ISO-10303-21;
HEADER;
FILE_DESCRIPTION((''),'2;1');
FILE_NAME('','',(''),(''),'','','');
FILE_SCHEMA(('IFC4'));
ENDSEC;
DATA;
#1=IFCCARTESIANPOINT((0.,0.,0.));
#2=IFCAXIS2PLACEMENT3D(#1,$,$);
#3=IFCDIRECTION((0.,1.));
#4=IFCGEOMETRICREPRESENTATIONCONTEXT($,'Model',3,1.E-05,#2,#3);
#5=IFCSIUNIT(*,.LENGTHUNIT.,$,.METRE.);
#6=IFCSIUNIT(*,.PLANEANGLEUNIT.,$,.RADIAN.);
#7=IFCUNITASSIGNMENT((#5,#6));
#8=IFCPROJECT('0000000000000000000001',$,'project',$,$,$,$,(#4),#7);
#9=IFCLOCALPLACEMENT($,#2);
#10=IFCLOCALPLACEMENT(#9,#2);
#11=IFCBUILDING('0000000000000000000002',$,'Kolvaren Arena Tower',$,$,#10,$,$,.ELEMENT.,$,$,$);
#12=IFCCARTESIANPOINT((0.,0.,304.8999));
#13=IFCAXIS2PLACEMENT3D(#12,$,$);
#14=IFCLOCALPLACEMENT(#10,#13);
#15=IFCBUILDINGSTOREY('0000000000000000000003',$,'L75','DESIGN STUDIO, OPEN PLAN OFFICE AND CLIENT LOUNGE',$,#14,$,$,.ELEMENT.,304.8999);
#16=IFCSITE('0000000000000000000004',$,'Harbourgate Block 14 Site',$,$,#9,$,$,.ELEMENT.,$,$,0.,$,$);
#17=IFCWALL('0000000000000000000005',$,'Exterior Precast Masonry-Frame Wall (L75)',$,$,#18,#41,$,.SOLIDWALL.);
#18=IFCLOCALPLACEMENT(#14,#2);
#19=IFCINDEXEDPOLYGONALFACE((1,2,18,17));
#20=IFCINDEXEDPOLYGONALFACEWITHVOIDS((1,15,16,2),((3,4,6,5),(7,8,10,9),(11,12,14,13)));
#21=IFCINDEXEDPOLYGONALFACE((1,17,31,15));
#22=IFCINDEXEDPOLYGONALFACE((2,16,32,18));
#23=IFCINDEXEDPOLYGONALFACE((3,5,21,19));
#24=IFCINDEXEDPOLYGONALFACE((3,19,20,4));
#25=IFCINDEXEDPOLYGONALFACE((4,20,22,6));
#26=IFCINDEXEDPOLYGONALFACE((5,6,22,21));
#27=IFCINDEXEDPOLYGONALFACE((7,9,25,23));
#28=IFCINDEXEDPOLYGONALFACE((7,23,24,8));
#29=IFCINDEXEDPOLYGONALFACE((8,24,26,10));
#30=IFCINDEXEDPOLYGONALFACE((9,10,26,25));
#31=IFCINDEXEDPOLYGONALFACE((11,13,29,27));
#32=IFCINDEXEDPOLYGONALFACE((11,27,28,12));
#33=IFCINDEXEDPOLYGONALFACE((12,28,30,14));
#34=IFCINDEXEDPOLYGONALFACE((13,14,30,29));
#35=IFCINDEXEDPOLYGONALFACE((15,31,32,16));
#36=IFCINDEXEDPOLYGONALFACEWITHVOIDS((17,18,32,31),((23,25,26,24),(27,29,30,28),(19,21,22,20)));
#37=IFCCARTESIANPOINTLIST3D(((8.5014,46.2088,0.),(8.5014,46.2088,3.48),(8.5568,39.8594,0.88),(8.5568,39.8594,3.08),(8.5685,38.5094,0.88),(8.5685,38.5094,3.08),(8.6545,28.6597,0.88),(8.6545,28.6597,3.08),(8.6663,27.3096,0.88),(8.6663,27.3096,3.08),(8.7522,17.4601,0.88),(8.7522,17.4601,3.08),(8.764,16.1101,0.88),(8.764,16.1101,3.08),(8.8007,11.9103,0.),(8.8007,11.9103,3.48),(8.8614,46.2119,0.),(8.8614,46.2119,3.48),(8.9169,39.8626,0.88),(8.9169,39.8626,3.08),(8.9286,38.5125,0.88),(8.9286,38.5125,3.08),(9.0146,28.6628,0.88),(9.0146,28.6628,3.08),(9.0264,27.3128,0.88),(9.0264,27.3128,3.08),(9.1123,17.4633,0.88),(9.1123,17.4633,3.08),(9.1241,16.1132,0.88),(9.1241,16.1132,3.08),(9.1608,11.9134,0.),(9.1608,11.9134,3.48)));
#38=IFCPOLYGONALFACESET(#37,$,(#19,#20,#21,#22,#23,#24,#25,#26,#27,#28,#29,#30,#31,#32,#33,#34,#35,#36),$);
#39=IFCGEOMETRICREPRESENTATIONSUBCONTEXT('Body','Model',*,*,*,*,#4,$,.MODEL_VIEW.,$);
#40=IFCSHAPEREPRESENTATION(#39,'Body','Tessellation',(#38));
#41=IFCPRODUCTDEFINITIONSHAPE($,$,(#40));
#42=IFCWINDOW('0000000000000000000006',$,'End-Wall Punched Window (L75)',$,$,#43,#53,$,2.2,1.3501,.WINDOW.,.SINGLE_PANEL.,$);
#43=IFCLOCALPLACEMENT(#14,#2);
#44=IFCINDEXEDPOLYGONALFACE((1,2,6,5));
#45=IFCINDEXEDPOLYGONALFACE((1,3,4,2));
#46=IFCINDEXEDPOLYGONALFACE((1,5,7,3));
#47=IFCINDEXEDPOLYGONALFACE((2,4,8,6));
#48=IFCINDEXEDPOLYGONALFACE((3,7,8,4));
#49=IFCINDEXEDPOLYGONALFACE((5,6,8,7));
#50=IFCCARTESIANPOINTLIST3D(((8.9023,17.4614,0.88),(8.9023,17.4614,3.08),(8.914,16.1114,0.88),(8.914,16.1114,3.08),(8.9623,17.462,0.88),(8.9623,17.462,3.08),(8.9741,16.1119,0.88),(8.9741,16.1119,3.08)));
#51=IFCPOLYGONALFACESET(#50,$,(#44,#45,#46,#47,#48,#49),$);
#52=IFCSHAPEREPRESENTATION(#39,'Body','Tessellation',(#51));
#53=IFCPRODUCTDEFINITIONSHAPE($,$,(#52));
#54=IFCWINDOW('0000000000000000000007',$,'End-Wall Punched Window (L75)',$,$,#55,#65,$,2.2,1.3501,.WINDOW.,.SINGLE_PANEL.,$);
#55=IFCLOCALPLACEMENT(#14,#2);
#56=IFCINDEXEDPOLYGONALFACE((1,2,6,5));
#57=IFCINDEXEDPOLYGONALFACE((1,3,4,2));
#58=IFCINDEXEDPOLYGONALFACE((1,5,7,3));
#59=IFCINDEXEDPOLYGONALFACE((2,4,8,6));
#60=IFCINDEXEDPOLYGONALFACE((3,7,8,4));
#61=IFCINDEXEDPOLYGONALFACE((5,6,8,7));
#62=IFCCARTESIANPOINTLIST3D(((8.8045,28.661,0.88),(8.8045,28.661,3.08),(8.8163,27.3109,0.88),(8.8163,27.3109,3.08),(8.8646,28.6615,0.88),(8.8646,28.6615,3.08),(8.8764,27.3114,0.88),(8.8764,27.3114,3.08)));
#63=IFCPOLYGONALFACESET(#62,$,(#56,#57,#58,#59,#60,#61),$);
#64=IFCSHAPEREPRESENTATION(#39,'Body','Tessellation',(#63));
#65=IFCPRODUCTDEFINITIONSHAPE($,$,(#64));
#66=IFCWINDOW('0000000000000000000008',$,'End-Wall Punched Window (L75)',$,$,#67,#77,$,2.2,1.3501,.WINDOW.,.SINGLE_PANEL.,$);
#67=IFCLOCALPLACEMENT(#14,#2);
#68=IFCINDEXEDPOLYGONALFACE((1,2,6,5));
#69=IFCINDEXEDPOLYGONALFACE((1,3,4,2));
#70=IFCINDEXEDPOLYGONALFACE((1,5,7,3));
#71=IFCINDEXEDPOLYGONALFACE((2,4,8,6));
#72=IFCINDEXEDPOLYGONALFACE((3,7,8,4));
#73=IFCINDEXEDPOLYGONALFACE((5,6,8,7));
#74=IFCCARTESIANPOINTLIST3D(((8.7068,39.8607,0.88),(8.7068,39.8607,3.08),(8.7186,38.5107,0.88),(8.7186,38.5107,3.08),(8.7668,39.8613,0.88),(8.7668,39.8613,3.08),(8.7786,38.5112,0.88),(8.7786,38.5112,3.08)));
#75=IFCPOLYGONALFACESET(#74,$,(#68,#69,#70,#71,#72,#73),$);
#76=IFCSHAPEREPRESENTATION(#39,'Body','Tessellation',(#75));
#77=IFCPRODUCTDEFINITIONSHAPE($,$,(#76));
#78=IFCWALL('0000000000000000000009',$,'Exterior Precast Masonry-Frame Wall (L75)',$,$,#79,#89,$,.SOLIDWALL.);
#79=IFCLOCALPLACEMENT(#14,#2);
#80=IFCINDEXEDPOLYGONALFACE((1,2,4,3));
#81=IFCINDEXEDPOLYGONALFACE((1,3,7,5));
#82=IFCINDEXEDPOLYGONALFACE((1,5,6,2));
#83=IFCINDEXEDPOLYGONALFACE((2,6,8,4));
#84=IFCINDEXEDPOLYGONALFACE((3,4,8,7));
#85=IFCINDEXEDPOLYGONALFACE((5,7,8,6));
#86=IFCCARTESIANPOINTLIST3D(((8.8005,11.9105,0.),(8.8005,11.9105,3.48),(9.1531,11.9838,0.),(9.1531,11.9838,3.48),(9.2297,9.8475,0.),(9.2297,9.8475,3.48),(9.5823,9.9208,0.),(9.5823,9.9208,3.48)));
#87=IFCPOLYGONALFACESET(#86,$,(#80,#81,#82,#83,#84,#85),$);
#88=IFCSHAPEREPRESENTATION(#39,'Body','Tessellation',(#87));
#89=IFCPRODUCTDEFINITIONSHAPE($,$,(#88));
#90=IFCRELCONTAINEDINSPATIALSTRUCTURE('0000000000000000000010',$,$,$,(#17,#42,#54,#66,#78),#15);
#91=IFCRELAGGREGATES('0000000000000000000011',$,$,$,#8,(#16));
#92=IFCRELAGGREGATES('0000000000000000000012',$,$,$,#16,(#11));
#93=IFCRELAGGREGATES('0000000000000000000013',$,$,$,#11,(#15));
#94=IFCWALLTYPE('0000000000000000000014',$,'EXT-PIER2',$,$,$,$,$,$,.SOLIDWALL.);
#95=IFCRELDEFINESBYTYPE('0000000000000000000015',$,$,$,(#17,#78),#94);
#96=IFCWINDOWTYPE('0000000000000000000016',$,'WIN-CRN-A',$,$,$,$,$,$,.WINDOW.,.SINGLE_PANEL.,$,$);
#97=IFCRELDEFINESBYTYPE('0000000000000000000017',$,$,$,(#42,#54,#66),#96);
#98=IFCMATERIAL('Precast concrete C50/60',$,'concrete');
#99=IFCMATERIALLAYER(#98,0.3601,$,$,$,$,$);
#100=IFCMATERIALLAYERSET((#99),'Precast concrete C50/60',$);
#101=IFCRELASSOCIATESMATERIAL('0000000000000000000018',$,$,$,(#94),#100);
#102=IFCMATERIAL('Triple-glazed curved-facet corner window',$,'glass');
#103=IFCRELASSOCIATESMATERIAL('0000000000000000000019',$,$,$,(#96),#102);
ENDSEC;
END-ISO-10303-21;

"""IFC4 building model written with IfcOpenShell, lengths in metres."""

from ifc_helpers import new_model, si_unit, direction, frame, frame_2d, origin, place, context, subcontext, project, spatial, rectangle, extrude, material, layer, layer_set, type_object, element, fill, save


model = new_model("IFC4")

# Units and contexts
model_context = context("Model", 3, precision=1e-05, world=origin(), true_north=direction((0.0, 1.0)))
body_context = subcontext(model_context, "Body", "Model", "MODEL_VIEW")
ifc_project = project(units=[si_unit("LENGTHUNIT", "METRE"), si_unit("PLANEANGLEUNIT", "RADIAN")], contexts=[model_context])

# Site, building, storey
site_placement = place(None, origin())
site = spatial("IfcSite", under=ifc_project, at=site_placement, Name="Harbourgate Block 14 Site", CompositionType="ELEMENT", RefElevation=0.0)
building_placement = place(site_placement, origin())
building = spatial("IfcBuilding", under=site, at=building_placement, Name="Kolvaren Arena Tower", CompositionType="ELEMENT")
storey_placement = place(building_placement, frame((0.0, 0.0, 304.8999)))
storey = spatial("IfcBuildingStorey", under=building, at=storey_placement, Name="L75", Description="DESIGN STUDIO, OPEN PLAN OFFICE AND CLIENT LOUNGE", CompositionType="ELEMENT", Elevation=304.8999)

# Shared definitions
ifc_material_1 = material(Name="Precast concrete C50/60", Category="concrete")

# Wall, openings, windows
ifc_layer_1 = layer(ifc_material_1, 0.3601)
ifc_layer_set_1 = layer_set([ifc_layer_1], Name="Precast concrete C50/60")
wall_type_1 = type_object("IfcWallType", Name="EXT-PIER2", PredefinedType="SOLIDWALL", material=ifc_layer_set_1)
wall_1_placement = place(storey_placement, frame((8.9807, 11.9119, 0.0), z_axis=(0.0, 0.0, 1.0), x_axis=(-0.008726, 0.999962, 0.0)))
wall_1 = element("IfcWall", 1, at=wall_1_placement, inside=storey, type_object=wall_type_1, Name="Exterior Precast Masonry-Frame Wall (L75)", PredefinedType="SOLIDWALL", context=body_context, shape_type="SweptSolid", body=[
    extrude(rectangle(XDim=34.2998, YDim=0.3601, at=frame_2d((17.1499, 0.0))), origin(), (0.0, 0.0, 1.0), 3.48),
])
opening_1_placement = place(wall_1_placement, frame((4.2, 0.0, 0.8799)))
opening_1 = element("IfcOpeningElement", 2, at=opening_1_placement, cuts=wall_1, PredefinedType="OPENING", context=body_context, shape_type="SweptSolid", body=[
    extrude(rectangle(XDim=1.3501, YDim=2.2, at=frame_2d((0.675, 1.1001))), frame((0.0, 0.1899, 0.0), z_axis=(0.0, -1.0, 0.0), x_axis=(1.0, 0.0, 0.0)), (0.0, 0.0, 1.0), 0.3801),
])
opening_2_placement = place(wall_1_placement, frame((15.3999, 0.0, 0.8799)))
opening_2 = element("IfcOpeningElement", 3, at=opening_2_placement, cuts=wall_1, PredefinedType="OPENING", context=body_context, shape_type="SweptSolid", body=[
    extrude(rectangle(XDim=1.3501, YDim=2.2, at=frame_2d((0.675, 1.1001))), frame((0.0, 0.1899, 0.0), z_axis=(0.0, -1.0, 0.0), x_axis=(1.0, 0.0, 0.0)), (0.0, 0.0, 1.0), 0.3801),
])
opening_3_placement = place(wall_1_placement, frame((26.6001, 0.0, 0.8799)))
opening_3 = element("IfcOpeningElement", 4, at=opening_3_placement, cuts=wall_1, PredefinedType="OPENING", context=body_context, shape_type="SweptSolid", body=[
    extrude(rectangle(XDim=1.3501, YDim=2.2, at=frame_2d((0.675, 1.1001))), frame((0.0, 0.1899, 0.0), z_axis=(0.0, -1.0, 0.0), x_axis=(1.0, 0.0, 0.0)), (0.0, 0.0, 1.0), 0.3801),
])
ifc_material_2 = material(Name="Triple-glazed curved-facet corner window", Category="glass")
window_type = type_object("IfcWindowType", Name="WIN-CRN-A", PartitioningType="SINGLE_PANEL", PredefinedType="WINDOW", material=ifc_material_2)
window_1_placement = place(opening_1_placement, origin())
window_1 = element("IfcWindow", 5, at=window_1_placement, inside=storey, type_object=window_type, Name="End-Wall Punched Window (L75)", OverallHeight=2.2, OverallWidth=1.3501, PartitioningType="SINGLE_PANEL", PredefinedType="WINDOW", context=body_context, shape_type="SweptSolid", body=[
    extrude(rectangle(XDim=1.3501, YDim=2.2, at=frame_2d((0.675, 1.1001))), frame((0.0, 0.03, 0.0), z_axis=(0.0, -1.0, 0.0), x_axis=(1.0, 0.0, 0.0)), (0.0, 0.0, 1.0), 0.0601),
])
fill(opening_1, window_1)
window_2_placement = place(opening_2_placement, origin())
window_2 = element("IfcWindow", 6, at=window_2_placement, inside=storey, type_object=window_type, Name="End-Wall Punched Window (L75)", OverallHeight=2.2, OverallWidth=1.3501, PartitioningType="SINGLE_PANEL", PredefinedType="WINDOW", context=body_context, shape_type="SweptSolid", body=[
    extrude(rectangle(XDim=1.3501, YDim=2.2, at=frame_2d((0.675, 1.1001))), frame((0.0, 0.03, 0.0), z_axis=(0.0, -1.0, 0.0), x_axis=(1.0, 0.0, 0.0)), (0.0, 0.0, 1.0), 0.0601),
])
fill(opening_2, window_2)
window_3_placement = place(opening_3_placement, origin())
window_3 = element("IfcWindow", 7, at=window_3_placement, inside=storey, type_object=window_type, Name="End-Wall Punched Window (L75)", OverallHeight=2.2, OverallWidth=1.3501, PartitioningType="SINGLE_PANEL", PredefinedType="WINDOW", context=body_context, shape_type="SweptSolid", body=[
    extrude(rectangle(XDim=1.3501, YDim=2.2, at=frame_2d((0.675, 1.1001))), frame((0.0, 0.03, 0.0), z_axis=(0.0, -1.0, 0.0), x_axis=(1.0, 0.0, 0.0)), (0.0, 0.0, 1.0), 0.0601),
])
fill(opening_3, window_3)

# Wall
wall_2_placement = place(storey_placement, frame((9.406, 9.884, 0.0), z_axis=(0.0, 0.0, 1.0), x_axis=(-0.203686, 0.979036, 0.0)))
element("IfcWall", 8, at=wall_2_placement, inside=storey, type_object=wall_type_1, Name="Exterior Precast Masonry-Frame Wall (L75)", PredefinedType="SOLIDWALL", context=body_context, shape_type="SweptSolid", body=[
    extrude(rectangle(XDim=2.1072, YDim=0.3601, at=frame_2d((1.0537, 0.0))), origin(), (0.0, 0.0, 1.0), 3.48),
])

save(model, "model.ifc")
